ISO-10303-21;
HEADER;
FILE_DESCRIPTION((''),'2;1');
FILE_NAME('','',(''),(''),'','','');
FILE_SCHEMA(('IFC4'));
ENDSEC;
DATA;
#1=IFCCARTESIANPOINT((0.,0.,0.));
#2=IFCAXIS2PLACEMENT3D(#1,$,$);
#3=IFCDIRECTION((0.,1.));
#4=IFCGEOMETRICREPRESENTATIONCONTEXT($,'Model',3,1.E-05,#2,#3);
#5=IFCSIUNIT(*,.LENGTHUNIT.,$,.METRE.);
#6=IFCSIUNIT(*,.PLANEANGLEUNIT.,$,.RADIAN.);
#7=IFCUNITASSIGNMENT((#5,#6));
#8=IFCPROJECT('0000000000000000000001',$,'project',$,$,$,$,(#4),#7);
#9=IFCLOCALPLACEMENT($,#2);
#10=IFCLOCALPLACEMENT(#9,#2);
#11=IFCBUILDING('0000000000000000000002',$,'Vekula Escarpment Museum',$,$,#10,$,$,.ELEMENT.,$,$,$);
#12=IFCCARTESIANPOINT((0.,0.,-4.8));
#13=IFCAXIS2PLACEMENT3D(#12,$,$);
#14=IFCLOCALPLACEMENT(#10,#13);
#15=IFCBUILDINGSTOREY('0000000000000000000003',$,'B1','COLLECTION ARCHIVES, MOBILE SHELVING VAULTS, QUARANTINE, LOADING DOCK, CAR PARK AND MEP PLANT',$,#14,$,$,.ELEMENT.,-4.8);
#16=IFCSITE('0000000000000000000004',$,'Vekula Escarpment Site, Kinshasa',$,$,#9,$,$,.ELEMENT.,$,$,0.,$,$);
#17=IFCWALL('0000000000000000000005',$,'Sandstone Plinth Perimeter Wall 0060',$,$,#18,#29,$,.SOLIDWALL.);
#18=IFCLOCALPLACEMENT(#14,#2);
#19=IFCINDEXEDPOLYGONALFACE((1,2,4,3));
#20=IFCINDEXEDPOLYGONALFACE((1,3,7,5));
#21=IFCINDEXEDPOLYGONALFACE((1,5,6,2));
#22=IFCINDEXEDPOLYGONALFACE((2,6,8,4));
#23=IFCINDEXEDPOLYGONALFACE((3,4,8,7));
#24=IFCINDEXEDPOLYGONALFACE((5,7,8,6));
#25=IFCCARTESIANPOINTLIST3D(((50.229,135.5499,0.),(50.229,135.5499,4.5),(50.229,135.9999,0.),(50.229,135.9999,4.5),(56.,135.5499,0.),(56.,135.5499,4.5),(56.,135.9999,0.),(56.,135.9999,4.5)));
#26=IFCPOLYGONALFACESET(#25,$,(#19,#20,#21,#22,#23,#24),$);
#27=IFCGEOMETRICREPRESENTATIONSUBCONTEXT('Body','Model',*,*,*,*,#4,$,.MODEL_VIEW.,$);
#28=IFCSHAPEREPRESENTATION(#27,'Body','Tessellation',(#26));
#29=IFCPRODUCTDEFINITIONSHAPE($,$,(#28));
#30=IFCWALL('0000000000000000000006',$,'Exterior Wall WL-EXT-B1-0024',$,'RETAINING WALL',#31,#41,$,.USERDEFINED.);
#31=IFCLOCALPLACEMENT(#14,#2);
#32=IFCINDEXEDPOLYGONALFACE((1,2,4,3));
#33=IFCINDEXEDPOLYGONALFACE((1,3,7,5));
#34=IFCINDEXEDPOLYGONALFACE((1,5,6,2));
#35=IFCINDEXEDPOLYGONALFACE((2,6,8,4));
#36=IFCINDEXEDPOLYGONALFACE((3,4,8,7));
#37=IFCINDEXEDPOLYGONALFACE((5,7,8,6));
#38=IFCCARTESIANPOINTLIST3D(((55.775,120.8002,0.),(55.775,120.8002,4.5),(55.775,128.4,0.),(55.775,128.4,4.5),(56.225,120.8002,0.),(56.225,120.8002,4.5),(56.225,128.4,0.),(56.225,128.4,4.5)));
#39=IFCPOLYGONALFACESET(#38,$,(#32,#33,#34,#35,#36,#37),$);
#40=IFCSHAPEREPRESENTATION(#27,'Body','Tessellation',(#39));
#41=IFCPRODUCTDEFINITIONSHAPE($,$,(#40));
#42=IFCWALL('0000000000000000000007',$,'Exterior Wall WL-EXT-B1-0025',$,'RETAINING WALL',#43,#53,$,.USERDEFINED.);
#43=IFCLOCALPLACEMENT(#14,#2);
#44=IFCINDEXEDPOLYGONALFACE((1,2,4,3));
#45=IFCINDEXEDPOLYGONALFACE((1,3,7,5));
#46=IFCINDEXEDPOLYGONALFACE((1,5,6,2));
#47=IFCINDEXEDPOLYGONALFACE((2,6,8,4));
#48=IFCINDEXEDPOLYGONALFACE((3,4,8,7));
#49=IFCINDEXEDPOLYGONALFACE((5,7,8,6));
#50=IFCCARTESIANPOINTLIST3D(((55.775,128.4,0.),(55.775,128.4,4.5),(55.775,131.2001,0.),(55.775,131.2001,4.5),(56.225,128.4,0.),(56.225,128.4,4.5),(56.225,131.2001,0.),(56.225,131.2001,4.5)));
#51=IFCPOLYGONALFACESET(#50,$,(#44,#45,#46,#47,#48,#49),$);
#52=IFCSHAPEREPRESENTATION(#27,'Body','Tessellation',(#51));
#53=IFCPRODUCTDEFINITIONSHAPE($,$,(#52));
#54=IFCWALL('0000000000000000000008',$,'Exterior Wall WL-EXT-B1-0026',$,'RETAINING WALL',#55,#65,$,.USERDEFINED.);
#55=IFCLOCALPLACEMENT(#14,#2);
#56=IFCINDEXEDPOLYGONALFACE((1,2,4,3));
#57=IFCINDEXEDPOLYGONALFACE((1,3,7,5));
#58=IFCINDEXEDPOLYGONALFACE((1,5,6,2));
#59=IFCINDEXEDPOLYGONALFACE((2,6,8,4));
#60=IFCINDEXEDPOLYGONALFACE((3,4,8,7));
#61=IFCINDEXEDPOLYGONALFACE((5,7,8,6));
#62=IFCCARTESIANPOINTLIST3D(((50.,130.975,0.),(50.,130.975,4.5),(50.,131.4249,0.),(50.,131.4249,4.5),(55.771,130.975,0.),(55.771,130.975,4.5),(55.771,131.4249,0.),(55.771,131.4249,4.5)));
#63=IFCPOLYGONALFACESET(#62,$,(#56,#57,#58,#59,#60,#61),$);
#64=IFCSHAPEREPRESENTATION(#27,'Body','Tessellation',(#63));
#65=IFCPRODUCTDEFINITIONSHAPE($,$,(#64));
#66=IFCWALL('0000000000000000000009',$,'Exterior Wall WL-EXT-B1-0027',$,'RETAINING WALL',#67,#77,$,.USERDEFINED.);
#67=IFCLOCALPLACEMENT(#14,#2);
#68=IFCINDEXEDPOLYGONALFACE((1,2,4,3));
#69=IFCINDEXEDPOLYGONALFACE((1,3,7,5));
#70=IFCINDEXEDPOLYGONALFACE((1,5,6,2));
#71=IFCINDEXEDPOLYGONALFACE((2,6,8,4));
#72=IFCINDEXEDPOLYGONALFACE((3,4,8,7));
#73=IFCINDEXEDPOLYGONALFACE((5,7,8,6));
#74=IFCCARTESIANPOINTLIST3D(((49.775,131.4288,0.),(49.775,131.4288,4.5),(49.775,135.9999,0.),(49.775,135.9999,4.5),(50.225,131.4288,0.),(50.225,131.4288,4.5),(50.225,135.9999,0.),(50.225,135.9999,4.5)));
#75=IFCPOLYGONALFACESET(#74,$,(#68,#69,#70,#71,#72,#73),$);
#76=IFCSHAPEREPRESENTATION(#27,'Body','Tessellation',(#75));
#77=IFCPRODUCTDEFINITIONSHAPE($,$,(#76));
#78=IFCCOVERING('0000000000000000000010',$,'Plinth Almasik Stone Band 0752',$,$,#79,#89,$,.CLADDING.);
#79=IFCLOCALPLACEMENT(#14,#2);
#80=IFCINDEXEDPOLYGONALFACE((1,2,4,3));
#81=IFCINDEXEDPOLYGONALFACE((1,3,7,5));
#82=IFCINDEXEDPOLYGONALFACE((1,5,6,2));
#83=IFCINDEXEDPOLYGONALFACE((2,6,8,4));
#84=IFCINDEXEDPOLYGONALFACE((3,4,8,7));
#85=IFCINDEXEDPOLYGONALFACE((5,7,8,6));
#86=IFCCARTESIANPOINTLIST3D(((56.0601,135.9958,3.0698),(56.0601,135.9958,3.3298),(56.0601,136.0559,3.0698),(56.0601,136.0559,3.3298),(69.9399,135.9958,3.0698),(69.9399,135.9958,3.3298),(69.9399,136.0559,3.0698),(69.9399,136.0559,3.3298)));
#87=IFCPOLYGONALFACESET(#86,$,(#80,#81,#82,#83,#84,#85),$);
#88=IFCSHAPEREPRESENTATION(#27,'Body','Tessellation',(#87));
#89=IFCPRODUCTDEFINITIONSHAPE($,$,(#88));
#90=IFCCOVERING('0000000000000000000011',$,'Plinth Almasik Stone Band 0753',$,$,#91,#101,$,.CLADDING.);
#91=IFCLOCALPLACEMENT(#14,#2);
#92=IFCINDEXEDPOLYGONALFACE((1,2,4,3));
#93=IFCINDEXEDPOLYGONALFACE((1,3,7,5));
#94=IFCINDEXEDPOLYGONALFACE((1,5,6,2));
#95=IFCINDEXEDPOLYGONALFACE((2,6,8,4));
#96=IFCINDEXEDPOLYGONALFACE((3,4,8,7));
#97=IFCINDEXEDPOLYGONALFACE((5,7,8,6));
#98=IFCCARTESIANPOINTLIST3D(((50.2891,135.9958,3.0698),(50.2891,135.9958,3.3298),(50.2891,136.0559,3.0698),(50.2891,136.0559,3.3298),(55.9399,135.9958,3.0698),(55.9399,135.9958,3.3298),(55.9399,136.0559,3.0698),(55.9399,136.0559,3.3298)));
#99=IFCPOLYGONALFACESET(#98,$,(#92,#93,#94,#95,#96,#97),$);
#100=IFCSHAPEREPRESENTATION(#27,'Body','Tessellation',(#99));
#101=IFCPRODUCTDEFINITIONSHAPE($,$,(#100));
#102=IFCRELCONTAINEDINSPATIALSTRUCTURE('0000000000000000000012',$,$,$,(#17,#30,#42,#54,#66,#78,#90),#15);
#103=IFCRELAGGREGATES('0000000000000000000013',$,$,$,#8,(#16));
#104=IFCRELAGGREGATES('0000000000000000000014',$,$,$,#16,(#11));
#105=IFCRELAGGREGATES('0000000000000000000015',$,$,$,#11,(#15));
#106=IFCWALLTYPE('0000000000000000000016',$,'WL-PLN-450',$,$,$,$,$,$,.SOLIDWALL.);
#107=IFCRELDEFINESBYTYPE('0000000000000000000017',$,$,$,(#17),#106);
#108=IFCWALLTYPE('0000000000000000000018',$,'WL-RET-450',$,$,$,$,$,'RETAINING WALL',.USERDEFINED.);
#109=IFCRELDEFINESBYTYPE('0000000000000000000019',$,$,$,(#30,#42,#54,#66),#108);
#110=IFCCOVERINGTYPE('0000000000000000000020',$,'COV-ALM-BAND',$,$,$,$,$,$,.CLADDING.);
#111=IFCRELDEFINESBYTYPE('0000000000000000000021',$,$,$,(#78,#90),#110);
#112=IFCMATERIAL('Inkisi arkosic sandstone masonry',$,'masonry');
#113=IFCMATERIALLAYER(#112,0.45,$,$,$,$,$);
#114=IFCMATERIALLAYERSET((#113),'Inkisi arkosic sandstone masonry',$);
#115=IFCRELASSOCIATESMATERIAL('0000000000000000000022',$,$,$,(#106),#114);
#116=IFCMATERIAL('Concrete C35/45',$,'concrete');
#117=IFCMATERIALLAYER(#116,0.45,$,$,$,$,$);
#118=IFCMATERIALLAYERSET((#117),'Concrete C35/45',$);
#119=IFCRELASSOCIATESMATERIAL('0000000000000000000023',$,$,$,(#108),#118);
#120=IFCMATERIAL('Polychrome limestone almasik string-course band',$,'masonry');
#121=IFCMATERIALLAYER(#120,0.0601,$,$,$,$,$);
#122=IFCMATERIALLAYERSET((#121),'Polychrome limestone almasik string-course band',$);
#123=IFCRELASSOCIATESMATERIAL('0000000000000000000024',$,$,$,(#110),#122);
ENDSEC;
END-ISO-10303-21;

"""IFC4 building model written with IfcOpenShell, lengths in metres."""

from ifc_helpers import new_model, si_unit, direction, frame, frame_2d, origin, origin_2d, place, context, subcontext, project, spatial, rectangle, extrude, material, layer, layer_set, type_object, element, save


model = new_model("IFC4")

# Units and contexts
model_context = context("Model", 3, precision=1e-05, world=origin(), true_north=direction((0.0, 1.0)))
body_context = subcontext(model_context, "Body", "Model", "MODEL_VIEW")
ifc_project = project(units=[si_unit("LENGTHUNIT", "METRE"), si_unit("PLANEANGLEUNIT", "RADIAN")], contexts=[model_context])

# Site, building, storey
site_placement = place(None, origin())
site = spatial("IfcSite", under=ifc_project, at=site_placement, Name="Vekula Escarpment Site, Kinshasa", CompositionType="ELEMENT", RefElevation=0.0)
building_placement = place(site_placement, origin())
building = spatial("IfcBuilding", under=site, at=building_placement, Name="Vekula Escarpment Museum", CompositionType="ELEMENT")
storey_placement = place(building_placement, frame((0.0, 0.0, -4.8)))
storey = spatial("IfcBuildingStorey", under=building, at=storey_placement, Name="B1", Description="COLLECTION ARCHIVES, MOBILE SHELVING VAULTS, QUARANTINE, LOADING DOCK, CAR PARK AND MEP PLANT", CompositionType="ELEMENT", Elevation=-4.8)

# Walls
ifc_material_1 = material(Name="Inkisi arkosic sandstone masonry", Category="masonry")
ifc_layer_1 = layer(ifc_material_1, 0.45)
ifc_layer_set_1 = layer_set([ifc_layer_1], Name="Inkisi arkosic sandstone masonry")
wall_type_1 = type_object("IfcWallType", Name="WL-PLN-450", PredefinedType="SOLIDWALL", material=ifc_layer_set_1)
wall_1_placement = place(storey_placement, frame((56.0, 135.7749, 0.0), z_axis=(0.0, 0.0, 1.0), x_axis=(-1.0, 0.0, 0.0)))
element("IfcWall", 1, at=wall_1_placement, inside=storey, type_object=wall_type_1, Name="Sandstone Plinth Perimeter Wall 0060", PredefinedType="SOLIDWALL", context=body_context, shape_type="SweptSolid", body=[
    extrude(rectangle(XDim=5.771, YDim=0.45, at=frame_2d((2.8855, 0.0))), origin(), (0.0, 0.0, 1.0), 4.5),
])
ifc_material_2 = material(Name="Concrete C35/45", Category="concrete")
ifc_layer_2 = layer(ifc_material_2, 0.45)
ifc_layer_set_2 = layer_set([ifc_layer_2], Name="Concrete C35/45")
wall_type_2 = type_object("IfcWallType", Name="WL-RET-450", ElementType="RETAINING WALL", PredefinedType="USERDEFINED", material=ifc_layer_set_2)
wall_2_placement = place(storey_placement, frame((56.0, 128.3999, 0.0), z_axis=(0.0, 0.0, 1.0), x_axis=(0.0, -1.0, 0.0)))
element("IfcWall", 2, at=wall_2_placement, inside=storey, type_object=wall_type_2, Name="Exterior Wall WL-EXT-B1-0024", ObjectType="RETAINING WALL", PredefinedType="USERDEFINED", context=body_context, shape_type="SweptSolid", body=[
    extrude(rectangle(XDim=7.5999, YDim=0.45, at=frame_2d((3.7998, 0.0))), origin(), (0.0, 0.0, 1.0), 4.5),
])
wall_3_placement = place(storey_placement, frame((56.0, 131.2, 0.0), z_axis=(0.0, 0.0, 1.0), x_axis=(0.0, -1.0, 0.0)))
element("IfcWall", 3, at=wall_3_placement, inside=storey, type_object=wall_type_2, Name="Exterior Wall WL-EXT-B1-0025", ObjectType="RETAINING WALL", PredefinedType="USERDEFINED", context=body_context, shape_type="SweptSolid", body=[
    extrude(rectangle(XDim=2.8, YDim=0.45, at=frame_2d((1.3999, 0.0))), origin(), (0.0, 0.0, 1.0), 4.5),
])
wall_4_placement = place(storey_placement, frame((50.0, 131.2, 0.0), z_axis=(0.0, 0.0, 1.0), x_axis=(1.0, 0.0, 0.0)))
element("IfcWall", 4, at=wall_4_placement, inside=storey, type_object=wall_type_2, Name="Exterior Wall WL-EXT-B1-0026", ObjectType="RETAINING WALL", PredefinedType="USERDEFINED", context=body_context, shape_type="SweptSolid", body=[
    extrude(rectangle(XDim=5.771, YDim=0.45, at=frame_2d((2.8855, 0.0))), origin(), (0.0, 0.0, 1.0), 4.5),
])
wall_5_placement = place(storey_placement, frame((50.0, 136.0, 0.0), z_axis=(0.0, 0.0, 1.0), x_axis=(0.0, -1.0, 0.0)))
element("IfcWall", 5, at=wall_5_placement, inside=storey, type_object=wall_type_2, Name="Exterior Wall WL-EXT-B1-0027", ObjectType="RETAINING WALL", PredefinedType="USERDEFINED", context=body_context, shape_type="SweptSolid", body=[
    extrude(rectangle(XDim=4.571, YDim=0.45, at=frame_2d((2.2856, 0.0))), origin(), (0.0, 0.0, 1.0), 4.5),
])

# Coverings
ifc_material_3 = material(Name="Polychrome limestone almasik string-course band", Category="masonry")
ifc_layer_3 = layer(ifc_material_3, 0.0601)
ifc_layer_set_3 = layer_set([ifc_layer_3], Name="Polychrome limestone almasik string-course band")
covering_type = type_object("IfcCoveringType", Name="COV-ALM-BAND", PredefinedType="CLADDING", material=ifc_layer_set_3)
covering_1_placement = place(storey_placement, frame((63.0, 136.0259, 3.0698), z_axis=(0.0, 0.0, 1.0), x_axis=(1.0, 0.0, 0.0)))
element("IfcCovering", 6, at=covering_1_placement, inside=storey, type_object=covering_type, Name="Plinth Almasik Stone Band 0752", PredefinedType="CLADDING", context=body_context, shape_type="SweptSolid", body=[
    extrude(rectangle(XDim=13.8799, YDim=0.0601, at=origin_2d()), origin(), (0.0, 0.0, 1.0), 0.26),
])
covering_2_placement = place(storey_placement, frame((53.1145, 136.0259, 3.0698), z_axis=(0.0, 0.0, 1.0), x_axis=(1.0, 0.0, 0.0)))
element("IfcCovering", 7, at=covering_2_placement, inside=storey, type_object=covering_type, Name="Plinth Almasik Stone Band 0753", PredefinedType="CLADDING", context=body_context, shape_type="SweptSolid", body=[
    extrude(rectangle(XDim=5.6509, YDim=0.0601, at=origin_2d()), origin(), (0.0, 0.0, 1.0), 0.26),
])

save(model, "model.ifc")
